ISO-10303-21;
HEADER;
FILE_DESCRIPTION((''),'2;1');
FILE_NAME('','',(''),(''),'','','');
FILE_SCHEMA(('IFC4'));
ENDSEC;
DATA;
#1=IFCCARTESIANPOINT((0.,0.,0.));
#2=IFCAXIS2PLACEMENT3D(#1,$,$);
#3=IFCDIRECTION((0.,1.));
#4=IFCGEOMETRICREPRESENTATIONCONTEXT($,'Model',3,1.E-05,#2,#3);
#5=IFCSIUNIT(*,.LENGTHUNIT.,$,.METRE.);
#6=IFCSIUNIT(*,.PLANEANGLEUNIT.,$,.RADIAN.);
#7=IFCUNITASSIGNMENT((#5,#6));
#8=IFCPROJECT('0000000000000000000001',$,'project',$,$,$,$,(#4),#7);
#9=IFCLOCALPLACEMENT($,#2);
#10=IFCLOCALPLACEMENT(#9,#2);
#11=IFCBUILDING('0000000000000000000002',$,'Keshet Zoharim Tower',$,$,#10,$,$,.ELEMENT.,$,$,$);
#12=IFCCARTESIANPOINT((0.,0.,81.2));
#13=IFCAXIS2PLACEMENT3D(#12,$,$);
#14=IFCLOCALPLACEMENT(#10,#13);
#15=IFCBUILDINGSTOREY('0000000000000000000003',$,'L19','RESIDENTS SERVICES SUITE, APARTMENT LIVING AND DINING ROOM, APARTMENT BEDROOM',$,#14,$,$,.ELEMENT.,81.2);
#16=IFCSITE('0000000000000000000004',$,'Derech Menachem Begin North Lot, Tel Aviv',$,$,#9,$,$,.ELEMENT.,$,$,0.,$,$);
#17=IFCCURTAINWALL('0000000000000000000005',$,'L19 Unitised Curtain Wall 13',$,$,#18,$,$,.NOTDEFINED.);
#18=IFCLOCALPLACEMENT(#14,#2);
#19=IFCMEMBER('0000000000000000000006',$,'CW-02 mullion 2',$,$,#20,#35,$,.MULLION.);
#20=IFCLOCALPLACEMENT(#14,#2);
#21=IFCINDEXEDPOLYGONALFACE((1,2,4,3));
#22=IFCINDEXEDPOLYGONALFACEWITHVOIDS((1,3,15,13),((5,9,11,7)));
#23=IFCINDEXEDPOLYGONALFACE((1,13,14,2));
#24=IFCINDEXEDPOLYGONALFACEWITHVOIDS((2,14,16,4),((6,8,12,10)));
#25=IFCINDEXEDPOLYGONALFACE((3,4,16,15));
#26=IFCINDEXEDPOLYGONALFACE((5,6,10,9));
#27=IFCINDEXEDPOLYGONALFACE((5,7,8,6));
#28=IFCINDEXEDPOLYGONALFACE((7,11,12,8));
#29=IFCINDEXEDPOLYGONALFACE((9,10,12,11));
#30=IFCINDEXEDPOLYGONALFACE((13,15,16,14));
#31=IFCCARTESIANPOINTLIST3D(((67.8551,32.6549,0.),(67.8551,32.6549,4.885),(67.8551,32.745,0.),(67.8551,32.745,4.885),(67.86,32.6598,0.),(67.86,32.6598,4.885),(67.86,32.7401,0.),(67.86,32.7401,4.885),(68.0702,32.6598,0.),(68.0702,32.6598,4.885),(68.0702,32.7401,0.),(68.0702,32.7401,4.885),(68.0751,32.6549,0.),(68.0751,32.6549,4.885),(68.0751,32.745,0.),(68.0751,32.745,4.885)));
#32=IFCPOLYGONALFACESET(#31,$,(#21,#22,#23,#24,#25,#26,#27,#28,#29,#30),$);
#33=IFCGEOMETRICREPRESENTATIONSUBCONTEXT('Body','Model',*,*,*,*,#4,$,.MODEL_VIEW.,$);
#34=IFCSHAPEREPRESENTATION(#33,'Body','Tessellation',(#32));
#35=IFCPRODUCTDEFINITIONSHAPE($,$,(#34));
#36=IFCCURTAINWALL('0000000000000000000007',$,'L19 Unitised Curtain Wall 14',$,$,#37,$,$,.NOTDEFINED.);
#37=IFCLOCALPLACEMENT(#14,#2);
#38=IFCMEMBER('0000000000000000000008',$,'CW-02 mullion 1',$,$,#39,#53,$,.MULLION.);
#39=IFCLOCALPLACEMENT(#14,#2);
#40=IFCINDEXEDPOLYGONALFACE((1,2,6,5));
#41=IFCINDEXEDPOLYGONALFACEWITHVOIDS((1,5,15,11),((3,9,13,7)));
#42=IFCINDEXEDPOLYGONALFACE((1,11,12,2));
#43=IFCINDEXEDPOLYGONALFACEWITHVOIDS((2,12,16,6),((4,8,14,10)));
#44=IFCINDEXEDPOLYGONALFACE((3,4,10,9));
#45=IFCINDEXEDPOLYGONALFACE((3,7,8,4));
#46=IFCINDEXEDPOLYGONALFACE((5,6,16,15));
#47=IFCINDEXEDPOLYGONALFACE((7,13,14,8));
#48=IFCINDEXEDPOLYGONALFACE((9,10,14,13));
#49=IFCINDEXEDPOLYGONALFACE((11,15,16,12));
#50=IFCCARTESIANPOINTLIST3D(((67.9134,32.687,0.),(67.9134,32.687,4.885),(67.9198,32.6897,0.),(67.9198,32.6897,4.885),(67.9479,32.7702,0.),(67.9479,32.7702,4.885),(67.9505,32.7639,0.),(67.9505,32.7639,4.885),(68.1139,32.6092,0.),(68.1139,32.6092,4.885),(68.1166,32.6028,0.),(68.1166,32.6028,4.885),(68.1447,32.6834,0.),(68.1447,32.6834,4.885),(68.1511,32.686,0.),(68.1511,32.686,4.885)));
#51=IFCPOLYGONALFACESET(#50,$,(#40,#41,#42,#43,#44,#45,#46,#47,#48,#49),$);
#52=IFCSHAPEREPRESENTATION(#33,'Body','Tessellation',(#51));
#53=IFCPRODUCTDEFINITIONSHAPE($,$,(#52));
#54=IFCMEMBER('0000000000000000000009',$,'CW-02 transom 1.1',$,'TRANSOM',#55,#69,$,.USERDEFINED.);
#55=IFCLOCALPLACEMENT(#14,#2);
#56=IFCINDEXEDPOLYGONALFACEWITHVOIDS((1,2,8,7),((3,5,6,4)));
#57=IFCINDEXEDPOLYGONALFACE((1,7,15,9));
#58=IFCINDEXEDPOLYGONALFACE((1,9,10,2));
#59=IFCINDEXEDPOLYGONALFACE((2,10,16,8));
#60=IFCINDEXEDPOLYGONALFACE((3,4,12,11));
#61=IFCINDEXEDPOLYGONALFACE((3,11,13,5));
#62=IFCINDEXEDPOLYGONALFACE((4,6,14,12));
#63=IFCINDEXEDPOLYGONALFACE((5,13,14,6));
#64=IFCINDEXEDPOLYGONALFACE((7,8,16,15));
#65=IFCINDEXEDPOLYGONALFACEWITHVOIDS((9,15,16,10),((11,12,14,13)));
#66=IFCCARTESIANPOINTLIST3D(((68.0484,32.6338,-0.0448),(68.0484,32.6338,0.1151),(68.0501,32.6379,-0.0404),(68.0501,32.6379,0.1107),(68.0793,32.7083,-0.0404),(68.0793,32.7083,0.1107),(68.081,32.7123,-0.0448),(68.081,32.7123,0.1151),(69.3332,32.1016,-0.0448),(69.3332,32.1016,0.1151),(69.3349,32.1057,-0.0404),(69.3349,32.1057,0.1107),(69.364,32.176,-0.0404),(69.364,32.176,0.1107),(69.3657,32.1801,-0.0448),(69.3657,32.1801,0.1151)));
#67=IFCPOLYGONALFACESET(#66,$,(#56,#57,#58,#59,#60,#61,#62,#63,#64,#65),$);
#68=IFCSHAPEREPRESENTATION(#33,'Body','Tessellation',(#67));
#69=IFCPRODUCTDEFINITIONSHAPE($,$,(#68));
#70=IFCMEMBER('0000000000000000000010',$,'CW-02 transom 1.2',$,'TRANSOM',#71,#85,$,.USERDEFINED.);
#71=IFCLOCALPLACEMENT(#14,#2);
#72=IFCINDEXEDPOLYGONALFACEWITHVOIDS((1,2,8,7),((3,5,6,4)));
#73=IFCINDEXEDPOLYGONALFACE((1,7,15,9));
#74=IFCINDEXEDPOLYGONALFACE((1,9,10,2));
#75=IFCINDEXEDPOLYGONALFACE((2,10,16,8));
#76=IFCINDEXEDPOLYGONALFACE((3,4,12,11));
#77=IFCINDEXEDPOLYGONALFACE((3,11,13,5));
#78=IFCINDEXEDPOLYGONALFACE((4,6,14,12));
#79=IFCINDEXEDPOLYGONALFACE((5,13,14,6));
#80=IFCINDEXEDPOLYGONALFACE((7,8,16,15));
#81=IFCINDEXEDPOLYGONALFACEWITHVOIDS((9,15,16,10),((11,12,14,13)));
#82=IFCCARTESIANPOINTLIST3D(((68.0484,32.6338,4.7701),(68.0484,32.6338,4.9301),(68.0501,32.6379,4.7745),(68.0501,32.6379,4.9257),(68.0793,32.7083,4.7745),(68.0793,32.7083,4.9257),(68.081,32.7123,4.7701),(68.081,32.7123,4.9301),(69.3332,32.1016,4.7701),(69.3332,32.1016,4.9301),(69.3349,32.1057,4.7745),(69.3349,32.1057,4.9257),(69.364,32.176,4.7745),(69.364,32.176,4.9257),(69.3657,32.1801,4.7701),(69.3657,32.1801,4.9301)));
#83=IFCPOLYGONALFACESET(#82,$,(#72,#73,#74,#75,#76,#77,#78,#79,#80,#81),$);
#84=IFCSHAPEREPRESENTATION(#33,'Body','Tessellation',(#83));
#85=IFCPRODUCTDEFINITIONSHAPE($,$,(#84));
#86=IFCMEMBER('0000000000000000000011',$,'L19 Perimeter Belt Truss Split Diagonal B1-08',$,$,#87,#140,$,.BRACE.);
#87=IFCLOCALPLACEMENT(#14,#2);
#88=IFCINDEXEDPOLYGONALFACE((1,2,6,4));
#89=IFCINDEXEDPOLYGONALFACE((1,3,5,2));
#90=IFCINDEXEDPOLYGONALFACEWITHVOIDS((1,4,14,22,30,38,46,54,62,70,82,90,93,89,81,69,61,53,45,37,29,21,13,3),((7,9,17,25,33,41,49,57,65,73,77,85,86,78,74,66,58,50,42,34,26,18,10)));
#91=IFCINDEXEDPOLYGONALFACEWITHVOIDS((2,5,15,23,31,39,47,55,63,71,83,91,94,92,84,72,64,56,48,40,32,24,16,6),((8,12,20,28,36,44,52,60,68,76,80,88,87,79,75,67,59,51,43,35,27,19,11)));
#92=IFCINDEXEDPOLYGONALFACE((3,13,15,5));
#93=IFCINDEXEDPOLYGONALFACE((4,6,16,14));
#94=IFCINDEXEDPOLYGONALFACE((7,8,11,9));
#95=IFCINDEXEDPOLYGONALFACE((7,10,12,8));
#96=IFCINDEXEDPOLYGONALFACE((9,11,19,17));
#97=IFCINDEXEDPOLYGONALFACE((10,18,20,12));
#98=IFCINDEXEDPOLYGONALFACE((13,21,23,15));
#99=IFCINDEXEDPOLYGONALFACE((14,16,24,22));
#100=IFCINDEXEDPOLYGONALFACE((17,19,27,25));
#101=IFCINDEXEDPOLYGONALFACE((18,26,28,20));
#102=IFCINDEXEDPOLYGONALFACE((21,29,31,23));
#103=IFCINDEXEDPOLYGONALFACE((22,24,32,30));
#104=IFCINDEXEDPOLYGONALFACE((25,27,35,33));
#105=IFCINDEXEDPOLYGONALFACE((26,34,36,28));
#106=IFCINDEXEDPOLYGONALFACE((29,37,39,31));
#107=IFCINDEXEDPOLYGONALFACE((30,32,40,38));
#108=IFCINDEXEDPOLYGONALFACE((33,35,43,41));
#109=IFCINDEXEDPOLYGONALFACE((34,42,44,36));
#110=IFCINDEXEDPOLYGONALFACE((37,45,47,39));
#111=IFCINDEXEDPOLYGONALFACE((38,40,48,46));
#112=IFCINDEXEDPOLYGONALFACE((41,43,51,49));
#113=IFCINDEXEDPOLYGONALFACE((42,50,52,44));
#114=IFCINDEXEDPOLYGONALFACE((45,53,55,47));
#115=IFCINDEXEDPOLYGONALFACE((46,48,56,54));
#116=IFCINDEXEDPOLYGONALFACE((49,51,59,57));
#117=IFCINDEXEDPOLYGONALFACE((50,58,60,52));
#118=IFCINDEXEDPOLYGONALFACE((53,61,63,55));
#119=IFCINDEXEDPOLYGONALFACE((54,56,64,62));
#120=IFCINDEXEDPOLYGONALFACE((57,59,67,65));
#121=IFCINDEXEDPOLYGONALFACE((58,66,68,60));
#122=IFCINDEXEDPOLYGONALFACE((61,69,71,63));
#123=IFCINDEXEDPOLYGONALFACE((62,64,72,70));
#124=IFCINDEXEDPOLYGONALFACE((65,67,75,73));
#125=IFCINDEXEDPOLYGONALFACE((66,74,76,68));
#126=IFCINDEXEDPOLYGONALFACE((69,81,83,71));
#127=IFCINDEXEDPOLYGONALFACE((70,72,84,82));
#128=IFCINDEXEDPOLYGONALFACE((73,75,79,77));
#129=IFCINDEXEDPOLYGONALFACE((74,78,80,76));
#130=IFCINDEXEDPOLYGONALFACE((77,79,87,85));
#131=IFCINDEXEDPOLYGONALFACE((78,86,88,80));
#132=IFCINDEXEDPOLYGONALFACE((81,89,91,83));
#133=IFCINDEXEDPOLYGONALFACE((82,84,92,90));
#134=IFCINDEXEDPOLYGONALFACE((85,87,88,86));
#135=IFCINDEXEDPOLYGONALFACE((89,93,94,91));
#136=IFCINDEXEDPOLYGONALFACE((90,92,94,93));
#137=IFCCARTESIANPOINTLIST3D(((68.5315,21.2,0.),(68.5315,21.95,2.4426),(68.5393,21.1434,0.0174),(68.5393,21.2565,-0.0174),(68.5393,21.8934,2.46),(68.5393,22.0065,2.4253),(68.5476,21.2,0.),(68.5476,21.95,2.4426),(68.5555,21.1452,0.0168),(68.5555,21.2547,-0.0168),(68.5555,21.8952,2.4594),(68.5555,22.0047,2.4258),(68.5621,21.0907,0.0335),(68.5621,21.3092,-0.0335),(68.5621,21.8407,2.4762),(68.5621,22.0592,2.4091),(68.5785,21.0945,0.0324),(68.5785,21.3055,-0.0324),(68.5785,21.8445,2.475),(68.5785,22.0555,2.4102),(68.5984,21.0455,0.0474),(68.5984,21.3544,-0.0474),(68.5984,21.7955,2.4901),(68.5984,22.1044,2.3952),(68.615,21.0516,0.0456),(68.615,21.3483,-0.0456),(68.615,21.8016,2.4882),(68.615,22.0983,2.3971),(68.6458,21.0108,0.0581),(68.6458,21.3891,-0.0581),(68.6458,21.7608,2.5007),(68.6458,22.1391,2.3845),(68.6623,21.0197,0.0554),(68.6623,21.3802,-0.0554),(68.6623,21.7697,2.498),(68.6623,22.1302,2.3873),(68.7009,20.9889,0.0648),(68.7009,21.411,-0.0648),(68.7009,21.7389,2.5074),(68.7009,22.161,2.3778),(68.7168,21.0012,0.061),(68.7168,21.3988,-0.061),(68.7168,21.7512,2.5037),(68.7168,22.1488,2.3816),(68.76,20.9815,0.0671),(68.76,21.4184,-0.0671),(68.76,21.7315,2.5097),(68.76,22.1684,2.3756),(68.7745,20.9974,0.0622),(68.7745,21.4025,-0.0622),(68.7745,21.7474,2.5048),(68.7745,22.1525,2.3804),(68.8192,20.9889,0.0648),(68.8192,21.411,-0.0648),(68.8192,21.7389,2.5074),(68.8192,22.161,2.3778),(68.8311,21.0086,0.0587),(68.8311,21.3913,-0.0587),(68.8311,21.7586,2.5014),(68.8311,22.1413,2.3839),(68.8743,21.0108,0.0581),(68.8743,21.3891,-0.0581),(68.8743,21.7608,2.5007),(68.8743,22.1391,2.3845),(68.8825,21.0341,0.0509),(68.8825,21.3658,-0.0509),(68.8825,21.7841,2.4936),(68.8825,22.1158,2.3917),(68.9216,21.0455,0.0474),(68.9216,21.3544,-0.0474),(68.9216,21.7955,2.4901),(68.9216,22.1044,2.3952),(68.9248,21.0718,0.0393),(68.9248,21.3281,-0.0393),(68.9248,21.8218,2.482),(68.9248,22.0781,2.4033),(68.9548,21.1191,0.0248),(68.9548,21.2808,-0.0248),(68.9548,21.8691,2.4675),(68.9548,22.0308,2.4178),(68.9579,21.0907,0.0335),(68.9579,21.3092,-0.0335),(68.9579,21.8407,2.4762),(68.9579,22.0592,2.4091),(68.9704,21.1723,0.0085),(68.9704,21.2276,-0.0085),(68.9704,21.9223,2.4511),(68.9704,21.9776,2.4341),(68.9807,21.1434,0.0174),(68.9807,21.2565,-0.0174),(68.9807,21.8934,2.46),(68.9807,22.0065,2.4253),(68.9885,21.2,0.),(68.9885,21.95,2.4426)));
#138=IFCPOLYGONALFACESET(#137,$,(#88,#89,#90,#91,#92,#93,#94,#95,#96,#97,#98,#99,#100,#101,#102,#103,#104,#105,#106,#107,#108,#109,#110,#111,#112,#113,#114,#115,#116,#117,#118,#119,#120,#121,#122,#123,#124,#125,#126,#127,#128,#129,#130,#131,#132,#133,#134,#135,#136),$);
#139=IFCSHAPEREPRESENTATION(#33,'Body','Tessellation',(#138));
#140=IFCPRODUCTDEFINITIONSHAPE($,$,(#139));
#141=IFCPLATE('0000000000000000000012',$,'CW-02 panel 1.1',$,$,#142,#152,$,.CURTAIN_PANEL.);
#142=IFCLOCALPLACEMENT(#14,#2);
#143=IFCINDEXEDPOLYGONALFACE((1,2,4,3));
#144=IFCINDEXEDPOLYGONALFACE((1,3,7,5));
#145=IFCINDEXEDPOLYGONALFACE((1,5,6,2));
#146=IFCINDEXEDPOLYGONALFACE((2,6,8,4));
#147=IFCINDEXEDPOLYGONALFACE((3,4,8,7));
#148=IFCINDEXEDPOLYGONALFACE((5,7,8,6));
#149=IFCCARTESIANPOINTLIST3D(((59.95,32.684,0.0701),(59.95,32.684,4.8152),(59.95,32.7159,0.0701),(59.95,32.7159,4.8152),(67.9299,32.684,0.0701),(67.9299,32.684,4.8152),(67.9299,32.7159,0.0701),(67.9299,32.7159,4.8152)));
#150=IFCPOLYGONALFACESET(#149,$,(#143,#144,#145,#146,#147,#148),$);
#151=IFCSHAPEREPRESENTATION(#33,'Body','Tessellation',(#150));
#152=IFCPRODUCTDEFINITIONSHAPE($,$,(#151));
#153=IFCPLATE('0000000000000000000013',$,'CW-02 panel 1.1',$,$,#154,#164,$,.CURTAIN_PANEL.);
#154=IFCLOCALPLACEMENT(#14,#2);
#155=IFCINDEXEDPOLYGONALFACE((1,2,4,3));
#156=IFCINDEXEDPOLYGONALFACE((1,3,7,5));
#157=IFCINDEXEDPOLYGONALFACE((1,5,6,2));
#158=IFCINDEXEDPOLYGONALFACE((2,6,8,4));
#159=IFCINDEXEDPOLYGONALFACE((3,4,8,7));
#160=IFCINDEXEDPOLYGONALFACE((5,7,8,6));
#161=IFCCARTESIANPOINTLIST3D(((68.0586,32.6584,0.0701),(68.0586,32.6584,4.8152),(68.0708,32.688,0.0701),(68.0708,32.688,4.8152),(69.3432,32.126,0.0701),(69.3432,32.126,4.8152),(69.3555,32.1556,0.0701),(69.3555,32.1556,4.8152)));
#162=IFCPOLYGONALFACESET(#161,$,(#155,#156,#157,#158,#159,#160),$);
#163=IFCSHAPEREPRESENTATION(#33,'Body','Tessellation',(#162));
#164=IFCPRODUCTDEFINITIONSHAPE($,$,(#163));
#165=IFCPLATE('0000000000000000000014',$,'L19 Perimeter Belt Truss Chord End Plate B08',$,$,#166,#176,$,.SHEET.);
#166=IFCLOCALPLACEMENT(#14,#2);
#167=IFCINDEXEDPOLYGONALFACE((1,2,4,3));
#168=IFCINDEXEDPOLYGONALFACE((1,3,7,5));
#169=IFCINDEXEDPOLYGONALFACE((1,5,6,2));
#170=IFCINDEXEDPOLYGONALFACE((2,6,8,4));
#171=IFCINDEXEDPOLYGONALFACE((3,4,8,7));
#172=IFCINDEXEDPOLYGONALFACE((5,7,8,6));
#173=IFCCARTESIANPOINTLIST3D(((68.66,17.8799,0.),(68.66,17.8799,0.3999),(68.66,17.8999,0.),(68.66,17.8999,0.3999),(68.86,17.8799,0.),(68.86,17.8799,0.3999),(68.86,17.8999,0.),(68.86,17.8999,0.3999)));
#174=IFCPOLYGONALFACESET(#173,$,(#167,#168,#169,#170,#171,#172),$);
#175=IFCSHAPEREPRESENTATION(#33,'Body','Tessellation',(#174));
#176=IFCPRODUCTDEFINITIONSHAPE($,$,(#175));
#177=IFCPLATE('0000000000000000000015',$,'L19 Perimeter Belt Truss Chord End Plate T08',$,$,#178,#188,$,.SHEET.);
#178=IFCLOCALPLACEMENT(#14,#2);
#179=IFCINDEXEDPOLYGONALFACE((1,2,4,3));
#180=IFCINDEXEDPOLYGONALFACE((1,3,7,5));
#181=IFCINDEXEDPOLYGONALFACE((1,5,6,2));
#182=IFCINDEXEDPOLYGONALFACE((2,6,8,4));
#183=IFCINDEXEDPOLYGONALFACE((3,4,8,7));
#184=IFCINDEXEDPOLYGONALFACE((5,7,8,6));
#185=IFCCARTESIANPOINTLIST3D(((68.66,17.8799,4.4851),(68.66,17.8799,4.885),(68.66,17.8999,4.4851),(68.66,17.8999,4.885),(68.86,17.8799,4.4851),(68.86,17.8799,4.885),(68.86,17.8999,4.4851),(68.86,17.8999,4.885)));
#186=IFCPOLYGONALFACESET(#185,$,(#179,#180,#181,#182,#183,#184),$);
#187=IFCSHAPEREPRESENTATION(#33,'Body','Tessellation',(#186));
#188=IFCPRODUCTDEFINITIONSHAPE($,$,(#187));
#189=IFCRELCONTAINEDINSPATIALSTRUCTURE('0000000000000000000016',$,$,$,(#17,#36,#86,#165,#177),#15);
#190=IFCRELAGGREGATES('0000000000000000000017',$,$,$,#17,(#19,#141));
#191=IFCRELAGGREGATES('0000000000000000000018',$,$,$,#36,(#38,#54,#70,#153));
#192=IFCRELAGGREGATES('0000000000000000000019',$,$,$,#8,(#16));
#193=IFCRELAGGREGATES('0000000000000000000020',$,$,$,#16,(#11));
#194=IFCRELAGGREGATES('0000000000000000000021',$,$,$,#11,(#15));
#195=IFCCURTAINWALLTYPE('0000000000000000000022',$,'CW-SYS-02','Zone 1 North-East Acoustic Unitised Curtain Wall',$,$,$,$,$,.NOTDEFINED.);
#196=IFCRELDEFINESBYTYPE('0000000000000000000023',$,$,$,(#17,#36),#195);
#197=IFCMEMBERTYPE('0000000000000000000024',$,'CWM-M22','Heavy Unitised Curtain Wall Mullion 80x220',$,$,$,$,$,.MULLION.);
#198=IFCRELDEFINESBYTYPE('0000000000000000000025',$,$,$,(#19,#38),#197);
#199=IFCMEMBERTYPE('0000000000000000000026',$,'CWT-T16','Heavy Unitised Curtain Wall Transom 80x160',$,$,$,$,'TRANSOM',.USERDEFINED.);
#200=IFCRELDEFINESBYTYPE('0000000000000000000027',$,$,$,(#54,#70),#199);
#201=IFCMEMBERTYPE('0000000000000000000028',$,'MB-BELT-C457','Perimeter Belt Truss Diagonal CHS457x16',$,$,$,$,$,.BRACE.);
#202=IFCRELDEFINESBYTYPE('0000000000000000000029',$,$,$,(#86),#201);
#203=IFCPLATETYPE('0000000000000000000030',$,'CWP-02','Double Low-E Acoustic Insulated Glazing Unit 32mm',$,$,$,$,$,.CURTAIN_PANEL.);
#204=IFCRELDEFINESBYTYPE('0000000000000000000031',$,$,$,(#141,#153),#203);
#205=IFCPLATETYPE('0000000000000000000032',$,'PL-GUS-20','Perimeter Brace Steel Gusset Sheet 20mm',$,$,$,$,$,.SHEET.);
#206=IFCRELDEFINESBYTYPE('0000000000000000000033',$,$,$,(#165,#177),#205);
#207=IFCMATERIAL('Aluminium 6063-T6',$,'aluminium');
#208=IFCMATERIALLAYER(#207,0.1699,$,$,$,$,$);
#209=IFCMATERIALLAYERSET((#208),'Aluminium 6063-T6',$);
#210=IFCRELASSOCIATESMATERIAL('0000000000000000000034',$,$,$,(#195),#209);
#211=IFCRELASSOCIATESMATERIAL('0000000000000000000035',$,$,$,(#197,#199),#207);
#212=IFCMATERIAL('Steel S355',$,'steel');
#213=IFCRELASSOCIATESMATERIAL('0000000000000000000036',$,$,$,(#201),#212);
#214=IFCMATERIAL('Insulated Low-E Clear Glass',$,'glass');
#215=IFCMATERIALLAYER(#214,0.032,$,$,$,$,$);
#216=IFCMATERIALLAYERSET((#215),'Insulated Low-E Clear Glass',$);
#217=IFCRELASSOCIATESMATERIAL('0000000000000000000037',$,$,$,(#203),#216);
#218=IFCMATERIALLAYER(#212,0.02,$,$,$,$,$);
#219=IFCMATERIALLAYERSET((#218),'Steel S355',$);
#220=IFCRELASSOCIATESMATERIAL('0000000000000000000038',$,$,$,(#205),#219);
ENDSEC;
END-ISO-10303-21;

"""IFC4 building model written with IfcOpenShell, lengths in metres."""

from ifc_helpers import new_model, si_unit, direction, frame, origin, origin_2d, place, context, subcontext, project, spatial, rectangle, hollow_rectangle, hollow_circle, extrude, material, layer, layer_set, material_profile, profile_set, type_object, element, aggregate, save


model = new_model("IFC4")

# Units and contexts
model_context = context("Model", 3, precision=1e-05, world=origin(), true_north=direction((0.0, 1.0)))
body_context = subcontext(model_context, "Body", "Model", "MODEL_VIEW")
ifc_project = project(units=[si_unit("LENGTHUNIT", "METRE"), si_unit("PLANEANGLEUNIT", "RADIAN")], contexts=[model_context])

# Site, building, storey
site_placement = place(None, origin())
site = spatial("IfcSite", under=ifc_project, at=site_placement, Name="Derech Menachem Begin North Lot, Tel Aviv", CompositionType="ELEMENT", RefElevation=0.0)
building_placement = place(site_placement, origin())
building = spatial("IfcBuilding", under=site, at=building_placement, Name="Keshet Zoharim Tower", CompositionType="ELEMENT")
storey_placement = place(building_placement, frame((0.0, 0.0, 81.2)))
storey = spatial("IfcBuildingStorey", under=building, at=storey_placement, Name="L19", Description="RESIDENTS SERVICES SUITE, APARTMENT LIVING AND DINING ROOM, APARTMENT BEDROOM", CompositionType="ELEMENT", Elevation=81.2)

# Shared definitions
ifc_material_1 = material(Name="Steel S355", Category="steel")

# Curtain wall, member
ifc_material_2 = material(Name="Aluminium 6063-T6", Category="aluminium")
ifc_layer_1 = layer(ifc_material_2, 0.1699)
ifc_layer_set_1 = layer_set([ifc_layer_1], Name="Aluminium 6063-T6")
curtain_wall_type = type_object("IfcCurtainWallType", Name="CW-SYS-02", Description="Zone 1 North-East Acoustic Unitised Curtain Wall", PredefinedType="NOTDEFINED", material=ifc_layer_set_1)
curtain_wall_1_placement = place(storey_placement, origin())
curtain_wall_1 = element("IfcCurtainWall", 1, at=curtain_wall_1_placement, inside=storey, type_object=curtain_wall_type, Name="L19 Unitised Curtain Wall 13", PredefinedType="NOTDEFINED")
ifc_material_profile_1 = material_profile(ifc_material_2, hollow_rectangle(XDim=0.0901, YDim=0.22, WallThickness=0.0049, at=origin_2d()), Name="MUL-90x220")
ifc_profile_set_1 = profile_set([ifc_material_profile_1], Name="Aluminium 6063-T6")
member_type_1 = type_object("IfcMemberType", Name="CWM-M22", Description="Heavy Unitised Curtain Wall Mullion 80x220", PredefinedType="MULLION", material=ifc_profile_set_1)
member_1_placement = place(storey_placement, frame((67.9651, 32.7, 0.0), z_axis=(0.0, 0.0, 1.0), x_axis=(0.0, 1.0, 0.0)))
member_1 = element("IfcMember", 2, at=member_1_placement, type_object=member_type_1, Name="CW-02 mullion 2", PredefinedType="MULLION", context=body_context, shape_type="SweptSolid", body=[
    extrude(hollow_rectangle(XDim=0.0901, YDim=0.22, WallThickness=0.0049, at=origin_2d()), origin(), (0.0, 0.0, 1.0), 4.885),
])

# Curtain wall, members
curtain_wall_2_placement = place(storey_placement, origin())
curtain_wall_2 = element("IfcCurtainWall", 3, at=curtain_wall_2_placement, inside=storey, type_object=curtain_wall_type, Name="L19 Unitised Curtain Wall 14", PredefinedType="NOTDEFINED")
member_2_placement = place(storey_placement, frame((68.0322, 32.6865, 0.0), z_axis=(0.0, 0.0, 1.0), x_axis=(0.382852, 0.92381, 0.0)))
member_2 = element("IfcMember", 4, at=member_2_placement, type_object=member_type_1, Name="CW-02 mullion 1", PredefinedType="MULLION", context=body_context, shape_type="SweptSolid", body=[
    extrude(hollow_rectangle(XDim=0.0901, YDim=0.22, WallThickness=0.0049, at=origin_2d()), origin(), (0.0, 0.0, 1.0), 4.885),
])
ifc_material_profile_2 = material_profile(ifc_material_2, hollow_rectangle(XDim=0.085, YDim=0.1599, WallThickness=0.0044, at=origin_2d()), Name="TRN-85x160")
ifc_profile_set_2 = profile_set([ifc_material_profile_2], Name="Aluminium 6063-T6")
member_type_2 = type_object("IfcMemberType", Name="CWT-T16", Description="Heavy Unitised Curtain Wall Transom 80x160", ElementType="TRANSOM", PredefinedType="USERDEFINED", material=ifc_profile_set_2)
member_3_placement = place(storey_placement, frame((68.0647, 32.6731, 0.0352), z_axis=(0.923854, -0.382745, 0.0), x_axis=(0.382745, 0.923854, 0.0)))
member_3 = element("IfcMember", 5, at=member_3_placement, type_object=member_type_2, Name="CW-02 transom 1.1", ObjectType="TRANSOM", PredefinedType="USERDEFINED", context=body_context, shape_type="SweptSolid", body=[
    extrude(hollow_rectangle(XDim=0.085, YDim=0.1599, WallThickness=0.0044, at=origin_2d()), origin(), (0.0, 0.0, 1.0), 1.3906),
])
member_4_placement = place(storey_placement, frame((68.0647, 32.6731, 4.8501), z_axis=(0.923854, -0.382745, 0.0), x_axis=(0.382745, 0.923854, 0.0)))
member_4 = element("IfcMember", 6, at=member_4_placement, type_object=member_type_2, Name="CW-02 transom 1.2", ObjectType="TRANSOM", PredefinedType="USERDEFINED", context=body_context, shape_type="SweptSolid", body=[
    extrude(hollow_rectangle(XDim=0.085, YDim=0.1599, WallThickness=0.0044, at=origin_2d()), origin(), (0.0, 0.0, 1.0), 1.3906),
])

# Member
ifc_material_profile_3 = material_profile(ifc_material_1, hollow_circle(Radius=0.2285, WallThickness=0.0161, at=origin_2d()), Name="CHS457x16")
ifc_profile_set_3 = profile_set([ifc_material_profile_3], Name="Steel S355")
member_type_3 = type_object("IfcMemberType", Name="MB-BELT-C457", Description="Perimeter Belt Truss Diagonal CHS457x16", PredefinedType="BRACE", material=ifc_profile_set_3)
member_5_placement = place(storey_placement, frame((68.76, 21.2, 0.0), z_axis=(0.0, 0.293522, 0.955952), x_axis=(-1.0, 0.0, 0.0)))
element("IfcMember", 7, at=member_5_placement, inside=storey, type_object=member_type_3, Name="L19 Perimeter Belt Truss Split Diagonal B1-08", PredefinedType="BRACE", context=body_context, shape_type="SweptSolid", body=[
    extrude(hollow_circle(Radius=0.2285, WallThickness=0.0161, at=origin_2d()), origin(), (0.0, 0.0, 1.0), 2.5552),
])

# Plates
ifc_material_3 = material(Name="Insulated Low-E Clear Glass", Category="glass")
ifc_layer_2 = layer(ifc_material_3, 0.032)
ifc_layer_set_2 = layer_set([ifc_layer_2], Name="Insulated Low-E Clear Glass")
plate_type_1 = type_object("IfcPlateType", Name="CWP-02", Description="Double Low-E Acoustic Insulated Glazing Unit 32mm", PredefinedType="CURTAIN_PANEL", material=ifc_layer_set_2)
plate_1_placement = place(storey_placement, frame((63.9399, 32.7, 0.0701), z_axis=(0.0, 0.0, 1.0), x_axis=(1.0, 0.0, 0.0)))
plate_1 = element("IfcPlate", 8, at=plate_1_placement, type_object=plate_type_1, Name="CW-02 panel 1.1", PredefinedType="CURTAIN_PANEL", context=body_context, shape_type="SweptSolid", body=[
    extrude(rectangle(XDim=7.98, YDim=0.032, at=origin_2d()), origin(), (0.0, 0.0, 1.0), 4.7451),
])
aggregate(curtain_wall_1, [member_1, plate_1])
plate_2_placement = place(storey_placement, frame((68.707, 32.407, 0.0701), z_axis=(0.0, 0.0, 1.0), x_axis=(0.92381, -0.382852, 0.0)))
plate_2 = element("IfcPlate", 9, at=plate_2_placement, type_object=plate_type_1, Name="CW-02 panel 1.1", PredefinedType="CURTAIN_PANEL", context=body_context, shape_type="SweptSolid", body=[
    extrude(rectangle(XDim=1.3906, YDim=0.032, at=origin_2d()), origin(), (0.0, 0.0, 1.0), 4.7451),
])
aggregate(curtain_wall_2, [member_2, member_3, member_4, plate_2])

# Plates
ifc_layer_3 = layer(ifc_material_1, 0.02)
ifc_layer_set_3 = layer_set([ifc_layer_3], Name="Steel S355")
plate_type_2 = type_object("IfcPlateType", Name="PL-GUS-20", Description="Perimeter Brace Steel Gusset Sheet 20mm", PredefinedType="SHEET", material=ifc_layer_set_3)
for number, where, z_axis, x_axis, name in (
    (10, (68.76, 17.8899, 0.0), (0.0, 0.0, 1.0), (1.0, 0.0, 0.0), "L19 Perimeter Belt Truss Chord End Plate B08"),
    (11, (68.76, 17.8899, 4.4851), (0.0, 0.0, 1.0), (1.0, 0.0, 0.0), "L19 Perimeter Belt Truss Chord End Plate T08"),
):
    element("IfcPlate", number, at=place(storey_placement, frame(where, z_axis=z_axis, x_axis=x_axis)), inside=storey, type_object=plate_type_2, Name=name, PredefinedType="SHEET", context=body_context, shape_type="SweptSolid", body=[
        extrude(rectangle(XDim=0.2, YDim=0.02, at=origin_2d()), origin(), (0.0, 0.0, 1.0), 0.3999),
    ])

save(model, "model.ifc")
